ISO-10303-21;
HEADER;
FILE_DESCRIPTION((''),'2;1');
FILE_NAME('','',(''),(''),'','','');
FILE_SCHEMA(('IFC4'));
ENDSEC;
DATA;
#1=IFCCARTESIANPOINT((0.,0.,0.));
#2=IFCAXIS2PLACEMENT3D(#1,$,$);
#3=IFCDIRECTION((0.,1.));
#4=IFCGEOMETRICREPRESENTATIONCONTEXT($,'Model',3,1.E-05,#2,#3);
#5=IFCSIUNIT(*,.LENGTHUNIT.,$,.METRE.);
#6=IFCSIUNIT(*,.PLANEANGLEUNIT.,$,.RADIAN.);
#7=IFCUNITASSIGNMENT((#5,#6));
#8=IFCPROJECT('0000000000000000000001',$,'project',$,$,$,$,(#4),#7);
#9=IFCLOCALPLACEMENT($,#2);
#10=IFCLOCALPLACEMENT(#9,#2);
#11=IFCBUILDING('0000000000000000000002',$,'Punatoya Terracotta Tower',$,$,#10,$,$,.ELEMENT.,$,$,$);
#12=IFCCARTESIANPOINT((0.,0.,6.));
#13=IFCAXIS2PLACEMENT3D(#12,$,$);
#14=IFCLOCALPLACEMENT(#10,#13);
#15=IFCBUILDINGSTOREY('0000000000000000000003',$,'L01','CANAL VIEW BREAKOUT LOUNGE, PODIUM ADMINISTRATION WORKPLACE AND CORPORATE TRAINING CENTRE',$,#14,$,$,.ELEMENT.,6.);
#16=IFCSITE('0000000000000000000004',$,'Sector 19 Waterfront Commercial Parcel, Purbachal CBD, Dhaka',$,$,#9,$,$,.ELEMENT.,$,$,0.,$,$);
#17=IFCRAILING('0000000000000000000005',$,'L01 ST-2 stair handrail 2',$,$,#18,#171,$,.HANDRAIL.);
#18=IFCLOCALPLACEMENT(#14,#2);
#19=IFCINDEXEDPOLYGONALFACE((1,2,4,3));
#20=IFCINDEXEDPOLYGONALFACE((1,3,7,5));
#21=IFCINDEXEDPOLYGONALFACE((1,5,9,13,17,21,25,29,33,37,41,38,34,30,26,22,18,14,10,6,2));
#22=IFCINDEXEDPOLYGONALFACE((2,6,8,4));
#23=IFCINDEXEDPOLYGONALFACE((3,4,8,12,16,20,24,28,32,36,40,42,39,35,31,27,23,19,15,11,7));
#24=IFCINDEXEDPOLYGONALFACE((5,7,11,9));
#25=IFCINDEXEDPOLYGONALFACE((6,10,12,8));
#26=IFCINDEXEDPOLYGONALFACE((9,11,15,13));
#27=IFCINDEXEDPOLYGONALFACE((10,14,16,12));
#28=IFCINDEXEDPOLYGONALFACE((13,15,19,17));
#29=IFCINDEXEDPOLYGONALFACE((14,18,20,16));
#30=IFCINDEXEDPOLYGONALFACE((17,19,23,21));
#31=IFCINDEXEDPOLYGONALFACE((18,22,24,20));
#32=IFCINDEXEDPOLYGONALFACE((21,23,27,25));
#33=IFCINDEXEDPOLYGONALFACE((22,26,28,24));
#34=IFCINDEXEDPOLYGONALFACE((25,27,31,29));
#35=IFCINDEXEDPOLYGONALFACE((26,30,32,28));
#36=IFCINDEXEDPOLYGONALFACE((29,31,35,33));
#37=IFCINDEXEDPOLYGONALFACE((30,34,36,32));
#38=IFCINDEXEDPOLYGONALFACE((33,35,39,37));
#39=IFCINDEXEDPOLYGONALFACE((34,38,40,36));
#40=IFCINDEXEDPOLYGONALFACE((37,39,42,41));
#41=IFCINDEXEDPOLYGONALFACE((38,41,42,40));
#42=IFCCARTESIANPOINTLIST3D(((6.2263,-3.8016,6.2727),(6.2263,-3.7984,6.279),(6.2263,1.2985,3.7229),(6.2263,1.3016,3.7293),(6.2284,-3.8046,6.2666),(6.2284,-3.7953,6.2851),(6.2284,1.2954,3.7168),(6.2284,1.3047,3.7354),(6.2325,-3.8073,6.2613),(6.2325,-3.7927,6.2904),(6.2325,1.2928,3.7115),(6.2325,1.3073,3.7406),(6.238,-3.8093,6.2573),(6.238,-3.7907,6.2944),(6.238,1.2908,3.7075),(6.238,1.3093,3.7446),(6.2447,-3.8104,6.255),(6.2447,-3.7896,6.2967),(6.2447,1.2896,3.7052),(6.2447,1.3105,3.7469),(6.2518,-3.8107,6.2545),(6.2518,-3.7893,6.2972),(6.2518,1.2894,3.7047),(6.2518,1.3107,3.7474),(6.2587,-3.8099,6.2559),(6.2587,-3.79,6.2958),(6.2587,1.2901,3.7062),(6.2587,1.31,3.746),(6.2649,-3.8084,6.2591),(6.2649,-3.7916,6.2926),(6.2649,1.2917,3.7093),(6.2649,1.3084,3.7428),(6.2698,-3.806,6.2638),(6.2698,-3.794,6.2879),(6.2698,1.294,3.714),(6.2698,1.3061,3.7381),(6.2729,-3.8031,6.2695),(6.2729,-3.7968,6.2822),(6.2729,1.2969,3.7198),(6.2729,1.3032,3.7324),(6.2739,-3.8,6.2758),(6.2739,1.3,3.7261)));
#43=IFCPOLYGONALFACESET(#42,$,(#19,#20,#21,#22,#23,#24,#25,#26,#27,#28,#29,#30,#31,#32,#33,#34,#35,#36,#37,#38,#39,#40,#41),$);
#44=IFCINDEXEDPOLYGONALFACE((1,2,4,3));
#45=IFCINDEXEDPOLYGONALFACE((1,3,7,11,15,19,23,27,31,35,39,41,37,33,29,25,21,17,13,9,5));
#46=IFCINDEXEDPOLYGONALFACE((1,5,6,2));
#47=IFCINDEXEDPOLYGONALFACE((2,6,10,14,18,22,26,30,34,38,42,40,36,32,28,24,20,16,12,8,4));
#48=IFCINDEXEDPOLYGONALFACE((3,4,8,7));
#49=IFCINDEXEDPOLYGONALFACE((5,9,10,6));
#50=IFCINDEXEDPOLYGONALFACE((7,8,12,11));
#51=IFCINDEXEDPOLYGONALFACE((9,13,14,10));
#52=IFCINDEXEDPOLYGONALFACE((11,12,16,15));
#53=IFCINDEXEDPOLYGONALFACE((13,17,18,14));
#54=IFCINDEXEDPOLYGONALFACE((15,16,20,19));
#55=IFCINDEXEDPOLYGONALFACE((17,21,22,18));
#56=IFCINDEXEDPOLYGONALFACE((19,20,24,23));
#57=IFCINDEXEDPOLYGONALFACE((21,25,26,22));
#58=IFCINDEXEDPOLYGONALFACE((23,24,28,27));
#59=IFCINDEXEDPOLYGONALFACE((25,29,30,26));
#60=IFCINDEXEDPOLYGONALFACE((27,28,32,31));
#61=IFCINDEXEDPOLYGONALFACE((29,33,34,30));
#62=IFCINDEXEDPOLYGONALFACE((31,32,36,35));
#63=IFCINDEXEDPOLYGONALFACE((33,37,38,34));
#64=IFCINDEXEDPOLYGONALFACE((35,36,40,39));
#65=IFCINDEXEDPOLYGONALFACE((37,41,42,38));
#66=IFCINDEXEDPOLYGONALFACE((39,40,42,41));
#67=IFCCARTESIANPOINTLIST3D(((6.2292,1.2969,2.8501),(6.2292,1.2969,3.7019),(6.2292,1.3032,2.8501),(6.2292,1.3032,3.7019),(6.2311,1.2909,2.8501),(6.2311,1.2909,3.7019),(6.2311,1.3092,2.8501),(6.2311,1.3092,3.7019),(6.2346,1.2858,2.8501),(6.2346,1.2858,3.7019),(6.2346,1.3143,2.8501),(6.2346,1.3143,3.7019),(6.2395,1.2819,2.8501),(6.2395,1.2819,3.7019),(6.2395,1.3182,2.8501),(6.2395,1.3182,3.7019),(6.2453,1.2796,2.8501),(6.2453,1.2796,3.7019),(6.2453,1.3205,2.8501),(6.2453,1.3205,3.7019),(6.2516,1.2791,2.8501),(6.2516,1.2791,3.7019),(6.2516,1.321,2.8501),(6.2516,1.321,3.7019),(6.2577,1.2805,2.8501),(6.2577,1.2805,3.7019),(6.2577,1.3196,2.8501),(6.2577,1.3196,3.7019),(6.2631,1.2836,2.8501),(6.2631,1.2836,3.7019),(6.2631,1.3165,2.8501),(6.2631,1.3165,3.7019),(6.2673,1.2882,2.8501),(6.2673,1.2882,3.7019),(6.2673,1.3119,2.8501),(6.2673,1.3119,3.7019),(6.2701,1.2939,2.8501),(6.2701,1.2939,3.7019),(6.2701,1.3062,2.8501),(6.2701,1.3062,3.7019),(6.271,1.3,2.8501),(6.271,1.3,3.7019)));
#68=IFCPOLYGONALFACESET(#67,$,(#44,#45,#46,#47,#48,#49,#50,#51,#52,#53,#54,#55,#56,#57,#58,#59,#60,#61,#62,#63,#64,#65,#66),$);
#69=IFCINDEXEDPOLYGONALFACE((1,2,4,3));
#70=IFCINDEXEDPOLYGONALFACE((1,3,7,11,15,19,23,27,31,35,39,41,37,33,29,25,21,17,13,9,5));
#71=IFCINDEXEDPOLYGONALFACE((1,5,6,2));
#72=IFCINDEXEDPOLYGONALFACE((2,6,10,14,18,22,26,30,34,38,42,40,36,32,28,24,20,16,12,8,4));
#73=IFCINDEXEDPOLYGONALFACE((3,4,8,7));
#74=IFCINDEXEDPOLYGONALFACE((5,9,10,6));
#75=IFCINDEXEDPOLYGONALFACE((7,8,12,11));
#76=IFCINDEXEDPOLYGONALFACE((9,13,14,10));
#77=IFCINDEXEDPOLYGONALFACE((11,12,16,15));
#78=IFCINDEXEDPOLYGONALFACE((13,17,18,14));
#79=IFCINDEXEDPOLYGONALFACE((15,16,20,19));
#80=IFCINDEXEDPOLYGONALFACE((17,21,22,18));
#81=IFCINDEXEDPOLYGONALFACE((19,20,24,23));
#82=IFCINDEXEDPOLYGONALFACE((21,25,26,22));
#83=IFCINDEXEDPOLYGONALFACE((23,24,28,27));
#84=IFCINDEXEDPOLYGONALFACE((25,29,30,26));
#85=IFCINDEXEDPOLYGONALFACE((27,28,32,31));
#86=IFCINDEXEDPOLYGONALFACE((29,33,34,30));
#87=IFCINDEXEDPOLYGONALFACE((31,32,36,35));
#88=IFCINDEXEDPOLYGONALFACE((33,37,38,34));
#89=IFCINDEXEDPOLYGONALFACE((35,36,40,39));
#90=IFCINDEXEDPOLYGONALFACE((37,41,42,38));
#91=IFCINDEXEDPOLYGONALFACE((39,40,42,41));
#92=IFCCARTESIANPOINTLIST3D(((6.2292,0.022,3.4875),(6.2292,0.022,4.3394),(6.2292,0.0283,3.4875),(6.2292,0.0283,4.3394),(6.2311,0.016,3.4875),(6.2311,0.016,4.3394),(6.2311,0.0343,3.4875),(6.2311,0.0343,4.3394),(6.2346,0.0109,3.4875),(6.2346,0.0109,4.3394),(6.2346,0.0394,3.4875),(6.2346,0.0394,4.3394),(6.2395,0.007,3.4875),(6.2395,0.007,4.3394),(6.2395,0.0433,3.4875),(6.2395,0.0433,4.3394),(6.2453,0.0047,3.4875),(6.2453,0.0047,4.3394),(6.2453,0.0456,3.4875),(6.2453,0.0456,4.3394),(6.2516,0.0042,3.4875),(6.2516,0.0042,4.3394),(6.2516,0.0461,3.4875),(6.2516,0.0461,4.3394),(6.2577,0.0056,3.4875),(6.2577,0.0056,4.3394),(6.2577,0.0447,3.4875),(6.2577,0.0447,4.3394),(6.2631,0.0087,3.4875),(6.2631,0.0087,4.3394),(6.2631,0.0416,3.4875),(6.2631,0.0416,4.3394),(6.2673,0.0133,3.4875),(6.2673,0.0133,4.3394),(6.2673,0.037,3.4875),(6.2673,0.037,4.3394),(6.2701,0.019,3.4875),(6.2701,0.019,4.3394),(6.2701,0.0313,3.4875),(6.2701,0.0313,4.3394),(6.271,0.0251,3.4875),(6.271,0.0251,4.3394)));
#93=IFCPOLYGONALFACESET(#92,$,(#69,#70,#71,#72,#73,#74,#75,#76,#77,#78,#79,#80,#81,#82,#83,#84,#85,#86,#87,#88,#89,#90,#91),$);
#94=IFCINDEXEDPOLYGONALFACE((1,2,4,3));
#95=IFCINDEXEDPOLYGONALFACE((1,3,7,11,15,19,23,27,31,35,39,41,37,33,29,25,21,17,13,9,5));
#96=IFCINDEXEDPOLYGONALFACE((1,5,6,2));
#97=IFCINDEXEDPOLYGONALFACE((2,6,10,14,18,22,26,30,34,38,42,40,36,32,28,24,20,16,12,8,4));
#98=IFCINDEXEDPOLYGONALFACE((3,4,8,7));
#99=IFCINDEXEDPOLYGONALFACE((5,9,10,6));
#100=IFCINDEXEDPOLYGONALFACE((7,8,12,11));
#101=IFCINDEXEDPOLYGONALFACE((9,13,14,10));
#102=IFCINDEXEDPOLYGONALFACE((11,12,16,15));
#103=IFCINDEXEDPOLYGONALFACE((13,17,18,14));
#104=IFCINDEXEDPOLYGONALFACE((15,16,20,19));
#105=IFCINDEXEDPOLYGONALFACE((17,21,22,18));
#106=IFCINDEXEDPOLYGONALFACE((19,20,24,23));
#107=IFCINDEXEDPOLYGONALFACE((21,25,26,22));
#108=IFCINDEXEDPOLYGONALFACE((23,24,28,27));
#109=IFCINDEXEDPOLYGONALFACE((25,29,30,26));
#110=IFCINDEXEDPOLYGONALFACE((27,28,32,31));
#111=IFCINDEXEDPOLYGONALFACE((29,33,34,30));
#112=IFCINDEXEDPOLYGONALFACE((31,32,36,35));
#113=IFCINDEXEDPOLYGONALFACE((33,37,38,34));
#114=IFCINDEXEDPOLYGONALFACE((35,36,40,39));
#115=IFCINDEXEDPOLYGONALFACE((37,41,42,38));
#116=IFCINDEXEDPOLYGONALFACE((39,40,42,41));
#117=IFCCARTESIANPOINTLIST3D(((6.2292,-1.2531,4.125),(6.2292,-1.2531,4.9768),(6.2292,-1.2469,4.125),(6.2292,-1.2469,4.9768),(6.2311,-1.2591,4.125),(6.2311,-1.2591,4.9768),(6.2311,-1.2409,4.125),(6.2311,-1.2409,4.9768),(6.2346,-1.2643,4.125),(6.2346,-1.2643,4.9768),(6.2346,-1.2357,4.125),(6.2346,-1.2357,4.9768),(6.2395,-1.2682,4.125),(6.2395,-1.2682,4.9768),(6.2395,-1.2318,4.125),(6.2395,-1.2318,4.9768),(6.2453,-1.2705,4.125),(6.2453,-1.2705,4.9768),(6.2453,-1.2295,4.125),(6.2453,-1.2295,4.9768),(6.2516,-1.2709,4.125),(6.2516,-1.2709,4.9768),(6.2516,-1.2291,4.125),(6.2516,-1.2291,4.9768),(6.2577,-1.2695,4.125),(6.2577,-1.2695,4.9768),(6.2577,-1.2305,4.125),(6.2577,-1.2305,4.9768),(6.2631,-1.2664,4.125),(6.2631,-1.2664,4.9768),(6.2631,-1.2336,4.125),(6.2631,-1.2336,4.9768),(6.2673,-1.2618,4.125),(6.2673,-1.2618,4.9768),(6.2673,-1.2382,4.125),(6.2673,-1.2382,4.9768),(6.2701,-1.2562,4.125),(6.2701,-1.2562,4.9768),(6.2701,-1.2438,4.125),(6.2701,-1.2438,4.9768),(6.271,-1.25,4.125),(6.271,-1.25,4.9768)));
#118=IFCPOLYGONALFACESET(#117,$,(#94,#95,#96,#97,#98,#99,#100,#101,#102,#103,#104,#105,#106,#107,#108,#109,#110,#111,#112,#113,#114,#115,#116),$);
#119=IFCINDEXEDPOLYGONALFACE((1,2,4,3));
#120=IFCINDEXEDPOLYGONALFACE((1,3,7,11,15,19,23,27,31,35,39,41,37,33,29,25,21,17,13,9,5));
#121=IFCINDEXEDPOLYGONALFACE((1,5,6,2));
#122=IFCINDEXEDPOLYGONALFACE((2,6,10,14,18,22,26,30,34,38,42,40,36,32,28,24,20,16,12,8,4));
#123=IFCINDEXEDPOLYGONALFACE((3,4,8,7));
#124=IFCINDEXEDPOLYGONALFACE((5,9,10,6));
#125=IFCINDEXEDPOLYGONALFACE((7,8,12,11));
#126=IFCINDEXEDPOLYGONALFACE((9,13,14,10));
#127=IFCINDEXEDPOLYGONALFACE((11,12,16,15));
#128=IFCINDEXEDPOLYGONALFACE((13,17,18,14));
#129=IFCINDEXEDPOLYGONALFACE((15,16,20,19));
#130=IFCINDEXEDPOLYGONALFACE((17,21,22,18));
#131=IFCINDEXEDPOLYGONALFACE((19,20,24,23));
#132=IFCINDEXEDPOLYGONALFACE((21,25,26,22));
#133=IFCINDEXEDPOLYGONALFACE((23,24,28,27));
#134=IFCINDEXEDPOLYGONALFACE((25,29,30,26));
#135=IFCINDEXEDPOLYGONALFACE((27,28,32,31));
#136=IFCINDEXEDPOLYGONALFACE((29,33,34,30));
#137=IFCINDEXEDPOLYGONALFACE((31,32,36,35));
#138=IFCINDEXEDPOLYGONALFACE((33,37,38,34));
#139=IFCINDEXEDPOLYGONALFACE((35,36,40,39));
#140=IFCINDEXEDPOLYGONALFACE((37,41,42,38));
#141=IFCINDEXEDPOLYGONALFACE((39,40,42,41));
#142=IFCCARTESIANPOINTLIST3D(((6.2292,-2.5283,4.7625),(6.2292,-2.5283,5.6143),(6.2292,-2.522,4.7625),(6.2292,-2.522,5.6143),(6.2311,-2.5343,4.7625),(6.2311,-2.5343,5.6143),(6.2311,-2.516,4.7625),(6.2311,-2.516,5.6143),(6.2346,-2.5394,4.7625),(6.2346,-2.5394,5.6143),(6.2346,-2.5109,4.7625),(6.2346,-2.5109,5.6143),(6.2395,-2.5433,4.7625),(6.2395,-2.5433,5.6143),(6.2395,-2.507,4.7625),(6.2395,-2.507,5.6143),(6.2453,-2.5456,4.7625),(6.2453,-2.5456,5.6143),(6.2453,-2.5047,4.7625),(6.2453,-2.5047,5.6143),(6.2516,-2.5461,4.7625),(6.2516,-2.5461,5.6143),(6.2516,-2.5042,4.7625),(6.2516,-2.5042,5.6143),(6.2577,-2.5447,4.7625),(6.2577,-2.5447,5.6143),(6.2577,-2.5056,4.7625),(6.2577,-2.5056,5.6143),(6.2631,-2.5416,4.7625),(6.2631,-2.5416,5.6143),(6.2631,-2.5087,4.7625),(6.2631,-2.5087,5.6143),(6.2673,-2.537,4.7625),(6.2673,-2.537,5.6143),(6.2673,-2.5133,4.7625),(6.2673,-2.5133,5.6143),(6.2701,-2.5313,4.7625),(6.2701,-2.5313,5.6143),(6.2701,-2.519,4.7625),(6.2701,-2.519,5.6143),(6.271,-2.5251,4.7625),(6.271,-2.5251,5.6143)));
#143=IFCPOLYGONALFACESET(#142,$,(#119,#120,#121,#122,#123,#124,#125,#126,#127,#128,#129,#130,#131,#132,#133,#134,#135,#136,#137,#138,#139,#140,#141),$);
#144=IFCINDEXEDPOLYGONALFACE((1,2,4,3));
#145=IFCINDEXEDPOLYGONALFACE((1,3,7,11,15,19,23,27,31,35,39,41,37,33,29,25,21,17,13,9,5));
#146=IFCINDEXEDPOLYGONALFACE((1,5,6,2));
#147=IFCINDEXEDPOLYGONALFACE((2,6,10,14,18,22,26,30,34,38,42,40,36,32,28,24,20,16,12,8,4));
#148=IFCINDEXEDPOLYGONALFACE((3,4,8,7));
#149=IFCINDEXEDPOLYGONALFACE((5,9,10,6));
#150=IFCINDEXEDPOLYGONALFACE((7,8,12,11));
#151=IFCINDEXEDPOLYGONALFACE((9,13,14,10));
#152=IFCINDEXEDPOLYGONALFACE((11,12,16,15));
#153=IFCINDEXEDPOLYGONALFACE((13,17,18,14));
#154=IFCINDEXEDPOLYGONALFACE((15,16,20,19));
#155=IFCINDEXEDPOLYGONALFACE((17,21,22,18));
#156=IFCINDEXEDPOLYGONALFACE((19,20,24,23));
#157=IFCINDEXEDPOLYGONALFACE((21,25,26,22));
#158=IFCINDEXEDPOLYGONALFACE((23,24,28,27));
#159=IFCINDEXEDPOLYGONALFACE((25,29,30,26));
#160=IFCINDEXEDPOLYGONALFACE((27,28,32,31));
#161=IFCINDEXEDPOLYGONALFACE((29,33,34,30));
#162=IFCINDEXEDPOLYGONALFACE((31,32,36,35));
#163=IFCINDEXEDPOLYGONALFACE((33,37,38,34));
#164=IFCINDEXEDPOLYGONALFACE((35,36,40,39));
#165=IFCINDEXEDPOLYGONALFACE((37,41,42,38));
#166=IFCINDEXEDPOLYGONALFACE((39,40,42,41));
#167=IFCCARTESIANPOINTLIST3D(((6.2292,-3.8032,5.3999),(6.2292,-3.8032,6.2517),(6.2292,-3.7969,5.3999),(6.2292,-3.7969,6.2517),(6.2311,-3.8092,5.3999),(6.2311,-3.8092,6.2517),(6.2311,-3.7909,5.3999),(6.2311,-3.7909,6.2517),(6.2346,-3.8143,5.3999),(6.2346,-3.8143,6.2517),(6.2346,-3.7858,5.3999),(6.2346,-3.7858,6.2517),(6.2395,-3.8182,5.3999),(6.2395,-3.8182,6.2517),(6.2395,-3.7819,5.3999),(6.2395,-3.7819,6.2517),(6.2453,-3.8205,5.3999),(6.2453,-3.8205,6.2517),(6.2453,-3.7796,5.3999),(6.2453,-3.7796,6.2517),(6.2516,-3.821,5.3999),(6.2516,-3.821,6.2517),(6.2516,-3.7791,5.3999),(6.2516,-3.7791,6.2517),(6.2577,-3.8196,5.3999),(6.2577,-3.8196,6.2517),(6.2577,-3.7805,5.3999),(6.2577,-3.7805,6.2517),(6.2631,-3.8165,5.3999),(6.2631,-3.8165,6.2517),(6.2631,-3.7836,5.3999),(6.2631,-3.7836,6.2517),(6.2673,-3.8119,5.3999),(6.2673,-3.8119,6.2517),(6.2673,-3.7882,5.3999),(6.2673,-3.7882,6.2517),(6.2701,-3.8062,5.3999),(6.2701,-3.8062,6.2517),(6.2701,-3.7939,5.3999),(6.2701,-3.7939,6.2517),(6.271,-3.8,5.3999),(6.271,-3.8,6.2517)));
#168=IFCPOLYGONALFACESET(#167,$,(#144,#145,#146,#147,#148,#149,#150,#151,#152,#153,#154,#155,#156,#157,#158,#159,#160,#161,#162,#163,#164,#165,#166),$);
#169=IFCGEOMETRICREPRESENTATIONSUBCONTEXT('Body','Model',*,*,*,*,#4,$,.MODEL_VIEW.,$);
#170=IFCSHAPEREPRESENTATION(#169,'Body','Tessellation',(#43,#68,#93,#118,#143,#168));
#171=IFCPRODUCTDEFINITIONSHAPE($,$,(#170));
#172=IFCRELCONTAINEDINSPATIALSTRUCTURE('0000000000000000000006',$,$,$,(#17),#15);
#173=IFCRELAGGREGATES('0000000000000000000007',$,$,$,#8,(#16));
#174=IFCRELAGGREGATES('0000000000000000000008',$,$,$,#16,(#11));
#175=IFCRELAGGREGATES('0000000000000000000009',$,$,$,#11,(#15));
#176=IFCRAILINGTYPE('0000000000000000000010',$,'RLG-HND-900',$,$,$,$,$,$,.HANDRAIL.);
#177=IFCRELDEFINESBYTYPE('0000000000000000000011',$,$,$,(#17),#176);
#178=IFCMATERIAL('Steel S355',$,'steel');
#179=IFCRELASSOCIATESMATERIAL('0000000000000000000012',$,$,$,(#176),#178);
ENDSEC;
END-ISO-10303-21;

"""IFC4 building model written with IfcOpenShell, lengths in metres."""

from ifc_helpers import new_model, si_unit, direction, frame, origin, origin_2d, place, context, subcontext, project, spatial, circle, extrude, material, type_object, element, save


model = new_model("IFC4")

# Units and contexts
model_context = context("Model", 3, precision=1e-05, world=origin(), true_north=direction((0.0, 1.0)))
body_context = subcontext(model_context, "Body", "Model", "MODEL_VIEW")
ifc_project = project(units=[si_unit("LENGTHUNIT", "METRE"), si_unit("PLANEANGLEUNIT", "RADIAN")], contexts=[model_context])

# Site, building, storey
site_placement = place(None, origin())
site = spatial("IfcSite", under=ifc_project, at=site_placement, Name="Sector 19 Waterfront Commercial Parcel, Purbachal CBD, Dhaka", CompositionType="ELEMENT", RefElevation=0.0)
building_placement = place(site_placement, origin())
building = spatial("IfcBuilding", under=site, at=building_placement, Name="Punatoya Terracotta Tower", CompositionType="ELEMENT")
storey_placement = place(building_placement, frame((0.0, 0.0, 6.0)))
storey = spatial("IfcBuildingStorey", under=building, at=storey_placement, Name="L01", Description="CANAL VIEW BREAKOUT LOUNGE, PODIUM ADMINISTRATION WORKPLACE AND CORPORATE TRAINING CENTRE", CompositionType="ELEMENT", Elevation=6.0)

# Shared definitions
ifc_material_1 = material(Name="Steel S355", Category="steel")

# Railing
railing_type_1 = type_object("IfcRailingType", Name="RLG-HND-900", PredefinedType="HANDRAIL", material=ifc_material_1)
railing_1_placement = place(storey_placement, frame((6.25, 1.3, 2.8501)))
element("IfcRailing", 1, at=railing_1_placement, inside=storey, type_object=railing_type_1, Name="L01 ST-2 stair handrail 2", PredefinedType="HANDRAIL", context=body_context, shape_type="SweptSolid", body=[
    extrude(circle(Radius=0.0239, at=origin_2d()), frame((0.0, 0.0, 0.876), z_axis=(0.0, -0.894444, 0.447179), x_axis=(1.0, 0.0, 0.0)), (0.0, 0.0, 1.0), 5.7019),
    extrude(circle(Radius=0.021, at=origin_2d()), origin(), (0.0, 0.0, 1.0), 0.8518),
    extrude(circle(Radius=0.021, at=origin_2d()), frame((0.0, -1.2749, 0.6375)), (0.0, 0.0, 1.0), 0.8518),
    extrude(circle(Radius=0.021, at=origin_2d()), frame((0.0, -2.55, 1.2749)), (0.0, 0.0, 1.0), 0.8518),
    extrude(circle(Radius=0.021, at=origin_2d()), frame((0.0, -3.8252, 1.9124)), (0.0, 0.0, 1.0), 0.8518),
    extrude(circle(Radius=0.021, at=origin_2d()), frame((0.0, -5.1001, 2.5498)), (0.0, 0.0, 1.0), 0.8518),
])

save(model, "model.ifc")
